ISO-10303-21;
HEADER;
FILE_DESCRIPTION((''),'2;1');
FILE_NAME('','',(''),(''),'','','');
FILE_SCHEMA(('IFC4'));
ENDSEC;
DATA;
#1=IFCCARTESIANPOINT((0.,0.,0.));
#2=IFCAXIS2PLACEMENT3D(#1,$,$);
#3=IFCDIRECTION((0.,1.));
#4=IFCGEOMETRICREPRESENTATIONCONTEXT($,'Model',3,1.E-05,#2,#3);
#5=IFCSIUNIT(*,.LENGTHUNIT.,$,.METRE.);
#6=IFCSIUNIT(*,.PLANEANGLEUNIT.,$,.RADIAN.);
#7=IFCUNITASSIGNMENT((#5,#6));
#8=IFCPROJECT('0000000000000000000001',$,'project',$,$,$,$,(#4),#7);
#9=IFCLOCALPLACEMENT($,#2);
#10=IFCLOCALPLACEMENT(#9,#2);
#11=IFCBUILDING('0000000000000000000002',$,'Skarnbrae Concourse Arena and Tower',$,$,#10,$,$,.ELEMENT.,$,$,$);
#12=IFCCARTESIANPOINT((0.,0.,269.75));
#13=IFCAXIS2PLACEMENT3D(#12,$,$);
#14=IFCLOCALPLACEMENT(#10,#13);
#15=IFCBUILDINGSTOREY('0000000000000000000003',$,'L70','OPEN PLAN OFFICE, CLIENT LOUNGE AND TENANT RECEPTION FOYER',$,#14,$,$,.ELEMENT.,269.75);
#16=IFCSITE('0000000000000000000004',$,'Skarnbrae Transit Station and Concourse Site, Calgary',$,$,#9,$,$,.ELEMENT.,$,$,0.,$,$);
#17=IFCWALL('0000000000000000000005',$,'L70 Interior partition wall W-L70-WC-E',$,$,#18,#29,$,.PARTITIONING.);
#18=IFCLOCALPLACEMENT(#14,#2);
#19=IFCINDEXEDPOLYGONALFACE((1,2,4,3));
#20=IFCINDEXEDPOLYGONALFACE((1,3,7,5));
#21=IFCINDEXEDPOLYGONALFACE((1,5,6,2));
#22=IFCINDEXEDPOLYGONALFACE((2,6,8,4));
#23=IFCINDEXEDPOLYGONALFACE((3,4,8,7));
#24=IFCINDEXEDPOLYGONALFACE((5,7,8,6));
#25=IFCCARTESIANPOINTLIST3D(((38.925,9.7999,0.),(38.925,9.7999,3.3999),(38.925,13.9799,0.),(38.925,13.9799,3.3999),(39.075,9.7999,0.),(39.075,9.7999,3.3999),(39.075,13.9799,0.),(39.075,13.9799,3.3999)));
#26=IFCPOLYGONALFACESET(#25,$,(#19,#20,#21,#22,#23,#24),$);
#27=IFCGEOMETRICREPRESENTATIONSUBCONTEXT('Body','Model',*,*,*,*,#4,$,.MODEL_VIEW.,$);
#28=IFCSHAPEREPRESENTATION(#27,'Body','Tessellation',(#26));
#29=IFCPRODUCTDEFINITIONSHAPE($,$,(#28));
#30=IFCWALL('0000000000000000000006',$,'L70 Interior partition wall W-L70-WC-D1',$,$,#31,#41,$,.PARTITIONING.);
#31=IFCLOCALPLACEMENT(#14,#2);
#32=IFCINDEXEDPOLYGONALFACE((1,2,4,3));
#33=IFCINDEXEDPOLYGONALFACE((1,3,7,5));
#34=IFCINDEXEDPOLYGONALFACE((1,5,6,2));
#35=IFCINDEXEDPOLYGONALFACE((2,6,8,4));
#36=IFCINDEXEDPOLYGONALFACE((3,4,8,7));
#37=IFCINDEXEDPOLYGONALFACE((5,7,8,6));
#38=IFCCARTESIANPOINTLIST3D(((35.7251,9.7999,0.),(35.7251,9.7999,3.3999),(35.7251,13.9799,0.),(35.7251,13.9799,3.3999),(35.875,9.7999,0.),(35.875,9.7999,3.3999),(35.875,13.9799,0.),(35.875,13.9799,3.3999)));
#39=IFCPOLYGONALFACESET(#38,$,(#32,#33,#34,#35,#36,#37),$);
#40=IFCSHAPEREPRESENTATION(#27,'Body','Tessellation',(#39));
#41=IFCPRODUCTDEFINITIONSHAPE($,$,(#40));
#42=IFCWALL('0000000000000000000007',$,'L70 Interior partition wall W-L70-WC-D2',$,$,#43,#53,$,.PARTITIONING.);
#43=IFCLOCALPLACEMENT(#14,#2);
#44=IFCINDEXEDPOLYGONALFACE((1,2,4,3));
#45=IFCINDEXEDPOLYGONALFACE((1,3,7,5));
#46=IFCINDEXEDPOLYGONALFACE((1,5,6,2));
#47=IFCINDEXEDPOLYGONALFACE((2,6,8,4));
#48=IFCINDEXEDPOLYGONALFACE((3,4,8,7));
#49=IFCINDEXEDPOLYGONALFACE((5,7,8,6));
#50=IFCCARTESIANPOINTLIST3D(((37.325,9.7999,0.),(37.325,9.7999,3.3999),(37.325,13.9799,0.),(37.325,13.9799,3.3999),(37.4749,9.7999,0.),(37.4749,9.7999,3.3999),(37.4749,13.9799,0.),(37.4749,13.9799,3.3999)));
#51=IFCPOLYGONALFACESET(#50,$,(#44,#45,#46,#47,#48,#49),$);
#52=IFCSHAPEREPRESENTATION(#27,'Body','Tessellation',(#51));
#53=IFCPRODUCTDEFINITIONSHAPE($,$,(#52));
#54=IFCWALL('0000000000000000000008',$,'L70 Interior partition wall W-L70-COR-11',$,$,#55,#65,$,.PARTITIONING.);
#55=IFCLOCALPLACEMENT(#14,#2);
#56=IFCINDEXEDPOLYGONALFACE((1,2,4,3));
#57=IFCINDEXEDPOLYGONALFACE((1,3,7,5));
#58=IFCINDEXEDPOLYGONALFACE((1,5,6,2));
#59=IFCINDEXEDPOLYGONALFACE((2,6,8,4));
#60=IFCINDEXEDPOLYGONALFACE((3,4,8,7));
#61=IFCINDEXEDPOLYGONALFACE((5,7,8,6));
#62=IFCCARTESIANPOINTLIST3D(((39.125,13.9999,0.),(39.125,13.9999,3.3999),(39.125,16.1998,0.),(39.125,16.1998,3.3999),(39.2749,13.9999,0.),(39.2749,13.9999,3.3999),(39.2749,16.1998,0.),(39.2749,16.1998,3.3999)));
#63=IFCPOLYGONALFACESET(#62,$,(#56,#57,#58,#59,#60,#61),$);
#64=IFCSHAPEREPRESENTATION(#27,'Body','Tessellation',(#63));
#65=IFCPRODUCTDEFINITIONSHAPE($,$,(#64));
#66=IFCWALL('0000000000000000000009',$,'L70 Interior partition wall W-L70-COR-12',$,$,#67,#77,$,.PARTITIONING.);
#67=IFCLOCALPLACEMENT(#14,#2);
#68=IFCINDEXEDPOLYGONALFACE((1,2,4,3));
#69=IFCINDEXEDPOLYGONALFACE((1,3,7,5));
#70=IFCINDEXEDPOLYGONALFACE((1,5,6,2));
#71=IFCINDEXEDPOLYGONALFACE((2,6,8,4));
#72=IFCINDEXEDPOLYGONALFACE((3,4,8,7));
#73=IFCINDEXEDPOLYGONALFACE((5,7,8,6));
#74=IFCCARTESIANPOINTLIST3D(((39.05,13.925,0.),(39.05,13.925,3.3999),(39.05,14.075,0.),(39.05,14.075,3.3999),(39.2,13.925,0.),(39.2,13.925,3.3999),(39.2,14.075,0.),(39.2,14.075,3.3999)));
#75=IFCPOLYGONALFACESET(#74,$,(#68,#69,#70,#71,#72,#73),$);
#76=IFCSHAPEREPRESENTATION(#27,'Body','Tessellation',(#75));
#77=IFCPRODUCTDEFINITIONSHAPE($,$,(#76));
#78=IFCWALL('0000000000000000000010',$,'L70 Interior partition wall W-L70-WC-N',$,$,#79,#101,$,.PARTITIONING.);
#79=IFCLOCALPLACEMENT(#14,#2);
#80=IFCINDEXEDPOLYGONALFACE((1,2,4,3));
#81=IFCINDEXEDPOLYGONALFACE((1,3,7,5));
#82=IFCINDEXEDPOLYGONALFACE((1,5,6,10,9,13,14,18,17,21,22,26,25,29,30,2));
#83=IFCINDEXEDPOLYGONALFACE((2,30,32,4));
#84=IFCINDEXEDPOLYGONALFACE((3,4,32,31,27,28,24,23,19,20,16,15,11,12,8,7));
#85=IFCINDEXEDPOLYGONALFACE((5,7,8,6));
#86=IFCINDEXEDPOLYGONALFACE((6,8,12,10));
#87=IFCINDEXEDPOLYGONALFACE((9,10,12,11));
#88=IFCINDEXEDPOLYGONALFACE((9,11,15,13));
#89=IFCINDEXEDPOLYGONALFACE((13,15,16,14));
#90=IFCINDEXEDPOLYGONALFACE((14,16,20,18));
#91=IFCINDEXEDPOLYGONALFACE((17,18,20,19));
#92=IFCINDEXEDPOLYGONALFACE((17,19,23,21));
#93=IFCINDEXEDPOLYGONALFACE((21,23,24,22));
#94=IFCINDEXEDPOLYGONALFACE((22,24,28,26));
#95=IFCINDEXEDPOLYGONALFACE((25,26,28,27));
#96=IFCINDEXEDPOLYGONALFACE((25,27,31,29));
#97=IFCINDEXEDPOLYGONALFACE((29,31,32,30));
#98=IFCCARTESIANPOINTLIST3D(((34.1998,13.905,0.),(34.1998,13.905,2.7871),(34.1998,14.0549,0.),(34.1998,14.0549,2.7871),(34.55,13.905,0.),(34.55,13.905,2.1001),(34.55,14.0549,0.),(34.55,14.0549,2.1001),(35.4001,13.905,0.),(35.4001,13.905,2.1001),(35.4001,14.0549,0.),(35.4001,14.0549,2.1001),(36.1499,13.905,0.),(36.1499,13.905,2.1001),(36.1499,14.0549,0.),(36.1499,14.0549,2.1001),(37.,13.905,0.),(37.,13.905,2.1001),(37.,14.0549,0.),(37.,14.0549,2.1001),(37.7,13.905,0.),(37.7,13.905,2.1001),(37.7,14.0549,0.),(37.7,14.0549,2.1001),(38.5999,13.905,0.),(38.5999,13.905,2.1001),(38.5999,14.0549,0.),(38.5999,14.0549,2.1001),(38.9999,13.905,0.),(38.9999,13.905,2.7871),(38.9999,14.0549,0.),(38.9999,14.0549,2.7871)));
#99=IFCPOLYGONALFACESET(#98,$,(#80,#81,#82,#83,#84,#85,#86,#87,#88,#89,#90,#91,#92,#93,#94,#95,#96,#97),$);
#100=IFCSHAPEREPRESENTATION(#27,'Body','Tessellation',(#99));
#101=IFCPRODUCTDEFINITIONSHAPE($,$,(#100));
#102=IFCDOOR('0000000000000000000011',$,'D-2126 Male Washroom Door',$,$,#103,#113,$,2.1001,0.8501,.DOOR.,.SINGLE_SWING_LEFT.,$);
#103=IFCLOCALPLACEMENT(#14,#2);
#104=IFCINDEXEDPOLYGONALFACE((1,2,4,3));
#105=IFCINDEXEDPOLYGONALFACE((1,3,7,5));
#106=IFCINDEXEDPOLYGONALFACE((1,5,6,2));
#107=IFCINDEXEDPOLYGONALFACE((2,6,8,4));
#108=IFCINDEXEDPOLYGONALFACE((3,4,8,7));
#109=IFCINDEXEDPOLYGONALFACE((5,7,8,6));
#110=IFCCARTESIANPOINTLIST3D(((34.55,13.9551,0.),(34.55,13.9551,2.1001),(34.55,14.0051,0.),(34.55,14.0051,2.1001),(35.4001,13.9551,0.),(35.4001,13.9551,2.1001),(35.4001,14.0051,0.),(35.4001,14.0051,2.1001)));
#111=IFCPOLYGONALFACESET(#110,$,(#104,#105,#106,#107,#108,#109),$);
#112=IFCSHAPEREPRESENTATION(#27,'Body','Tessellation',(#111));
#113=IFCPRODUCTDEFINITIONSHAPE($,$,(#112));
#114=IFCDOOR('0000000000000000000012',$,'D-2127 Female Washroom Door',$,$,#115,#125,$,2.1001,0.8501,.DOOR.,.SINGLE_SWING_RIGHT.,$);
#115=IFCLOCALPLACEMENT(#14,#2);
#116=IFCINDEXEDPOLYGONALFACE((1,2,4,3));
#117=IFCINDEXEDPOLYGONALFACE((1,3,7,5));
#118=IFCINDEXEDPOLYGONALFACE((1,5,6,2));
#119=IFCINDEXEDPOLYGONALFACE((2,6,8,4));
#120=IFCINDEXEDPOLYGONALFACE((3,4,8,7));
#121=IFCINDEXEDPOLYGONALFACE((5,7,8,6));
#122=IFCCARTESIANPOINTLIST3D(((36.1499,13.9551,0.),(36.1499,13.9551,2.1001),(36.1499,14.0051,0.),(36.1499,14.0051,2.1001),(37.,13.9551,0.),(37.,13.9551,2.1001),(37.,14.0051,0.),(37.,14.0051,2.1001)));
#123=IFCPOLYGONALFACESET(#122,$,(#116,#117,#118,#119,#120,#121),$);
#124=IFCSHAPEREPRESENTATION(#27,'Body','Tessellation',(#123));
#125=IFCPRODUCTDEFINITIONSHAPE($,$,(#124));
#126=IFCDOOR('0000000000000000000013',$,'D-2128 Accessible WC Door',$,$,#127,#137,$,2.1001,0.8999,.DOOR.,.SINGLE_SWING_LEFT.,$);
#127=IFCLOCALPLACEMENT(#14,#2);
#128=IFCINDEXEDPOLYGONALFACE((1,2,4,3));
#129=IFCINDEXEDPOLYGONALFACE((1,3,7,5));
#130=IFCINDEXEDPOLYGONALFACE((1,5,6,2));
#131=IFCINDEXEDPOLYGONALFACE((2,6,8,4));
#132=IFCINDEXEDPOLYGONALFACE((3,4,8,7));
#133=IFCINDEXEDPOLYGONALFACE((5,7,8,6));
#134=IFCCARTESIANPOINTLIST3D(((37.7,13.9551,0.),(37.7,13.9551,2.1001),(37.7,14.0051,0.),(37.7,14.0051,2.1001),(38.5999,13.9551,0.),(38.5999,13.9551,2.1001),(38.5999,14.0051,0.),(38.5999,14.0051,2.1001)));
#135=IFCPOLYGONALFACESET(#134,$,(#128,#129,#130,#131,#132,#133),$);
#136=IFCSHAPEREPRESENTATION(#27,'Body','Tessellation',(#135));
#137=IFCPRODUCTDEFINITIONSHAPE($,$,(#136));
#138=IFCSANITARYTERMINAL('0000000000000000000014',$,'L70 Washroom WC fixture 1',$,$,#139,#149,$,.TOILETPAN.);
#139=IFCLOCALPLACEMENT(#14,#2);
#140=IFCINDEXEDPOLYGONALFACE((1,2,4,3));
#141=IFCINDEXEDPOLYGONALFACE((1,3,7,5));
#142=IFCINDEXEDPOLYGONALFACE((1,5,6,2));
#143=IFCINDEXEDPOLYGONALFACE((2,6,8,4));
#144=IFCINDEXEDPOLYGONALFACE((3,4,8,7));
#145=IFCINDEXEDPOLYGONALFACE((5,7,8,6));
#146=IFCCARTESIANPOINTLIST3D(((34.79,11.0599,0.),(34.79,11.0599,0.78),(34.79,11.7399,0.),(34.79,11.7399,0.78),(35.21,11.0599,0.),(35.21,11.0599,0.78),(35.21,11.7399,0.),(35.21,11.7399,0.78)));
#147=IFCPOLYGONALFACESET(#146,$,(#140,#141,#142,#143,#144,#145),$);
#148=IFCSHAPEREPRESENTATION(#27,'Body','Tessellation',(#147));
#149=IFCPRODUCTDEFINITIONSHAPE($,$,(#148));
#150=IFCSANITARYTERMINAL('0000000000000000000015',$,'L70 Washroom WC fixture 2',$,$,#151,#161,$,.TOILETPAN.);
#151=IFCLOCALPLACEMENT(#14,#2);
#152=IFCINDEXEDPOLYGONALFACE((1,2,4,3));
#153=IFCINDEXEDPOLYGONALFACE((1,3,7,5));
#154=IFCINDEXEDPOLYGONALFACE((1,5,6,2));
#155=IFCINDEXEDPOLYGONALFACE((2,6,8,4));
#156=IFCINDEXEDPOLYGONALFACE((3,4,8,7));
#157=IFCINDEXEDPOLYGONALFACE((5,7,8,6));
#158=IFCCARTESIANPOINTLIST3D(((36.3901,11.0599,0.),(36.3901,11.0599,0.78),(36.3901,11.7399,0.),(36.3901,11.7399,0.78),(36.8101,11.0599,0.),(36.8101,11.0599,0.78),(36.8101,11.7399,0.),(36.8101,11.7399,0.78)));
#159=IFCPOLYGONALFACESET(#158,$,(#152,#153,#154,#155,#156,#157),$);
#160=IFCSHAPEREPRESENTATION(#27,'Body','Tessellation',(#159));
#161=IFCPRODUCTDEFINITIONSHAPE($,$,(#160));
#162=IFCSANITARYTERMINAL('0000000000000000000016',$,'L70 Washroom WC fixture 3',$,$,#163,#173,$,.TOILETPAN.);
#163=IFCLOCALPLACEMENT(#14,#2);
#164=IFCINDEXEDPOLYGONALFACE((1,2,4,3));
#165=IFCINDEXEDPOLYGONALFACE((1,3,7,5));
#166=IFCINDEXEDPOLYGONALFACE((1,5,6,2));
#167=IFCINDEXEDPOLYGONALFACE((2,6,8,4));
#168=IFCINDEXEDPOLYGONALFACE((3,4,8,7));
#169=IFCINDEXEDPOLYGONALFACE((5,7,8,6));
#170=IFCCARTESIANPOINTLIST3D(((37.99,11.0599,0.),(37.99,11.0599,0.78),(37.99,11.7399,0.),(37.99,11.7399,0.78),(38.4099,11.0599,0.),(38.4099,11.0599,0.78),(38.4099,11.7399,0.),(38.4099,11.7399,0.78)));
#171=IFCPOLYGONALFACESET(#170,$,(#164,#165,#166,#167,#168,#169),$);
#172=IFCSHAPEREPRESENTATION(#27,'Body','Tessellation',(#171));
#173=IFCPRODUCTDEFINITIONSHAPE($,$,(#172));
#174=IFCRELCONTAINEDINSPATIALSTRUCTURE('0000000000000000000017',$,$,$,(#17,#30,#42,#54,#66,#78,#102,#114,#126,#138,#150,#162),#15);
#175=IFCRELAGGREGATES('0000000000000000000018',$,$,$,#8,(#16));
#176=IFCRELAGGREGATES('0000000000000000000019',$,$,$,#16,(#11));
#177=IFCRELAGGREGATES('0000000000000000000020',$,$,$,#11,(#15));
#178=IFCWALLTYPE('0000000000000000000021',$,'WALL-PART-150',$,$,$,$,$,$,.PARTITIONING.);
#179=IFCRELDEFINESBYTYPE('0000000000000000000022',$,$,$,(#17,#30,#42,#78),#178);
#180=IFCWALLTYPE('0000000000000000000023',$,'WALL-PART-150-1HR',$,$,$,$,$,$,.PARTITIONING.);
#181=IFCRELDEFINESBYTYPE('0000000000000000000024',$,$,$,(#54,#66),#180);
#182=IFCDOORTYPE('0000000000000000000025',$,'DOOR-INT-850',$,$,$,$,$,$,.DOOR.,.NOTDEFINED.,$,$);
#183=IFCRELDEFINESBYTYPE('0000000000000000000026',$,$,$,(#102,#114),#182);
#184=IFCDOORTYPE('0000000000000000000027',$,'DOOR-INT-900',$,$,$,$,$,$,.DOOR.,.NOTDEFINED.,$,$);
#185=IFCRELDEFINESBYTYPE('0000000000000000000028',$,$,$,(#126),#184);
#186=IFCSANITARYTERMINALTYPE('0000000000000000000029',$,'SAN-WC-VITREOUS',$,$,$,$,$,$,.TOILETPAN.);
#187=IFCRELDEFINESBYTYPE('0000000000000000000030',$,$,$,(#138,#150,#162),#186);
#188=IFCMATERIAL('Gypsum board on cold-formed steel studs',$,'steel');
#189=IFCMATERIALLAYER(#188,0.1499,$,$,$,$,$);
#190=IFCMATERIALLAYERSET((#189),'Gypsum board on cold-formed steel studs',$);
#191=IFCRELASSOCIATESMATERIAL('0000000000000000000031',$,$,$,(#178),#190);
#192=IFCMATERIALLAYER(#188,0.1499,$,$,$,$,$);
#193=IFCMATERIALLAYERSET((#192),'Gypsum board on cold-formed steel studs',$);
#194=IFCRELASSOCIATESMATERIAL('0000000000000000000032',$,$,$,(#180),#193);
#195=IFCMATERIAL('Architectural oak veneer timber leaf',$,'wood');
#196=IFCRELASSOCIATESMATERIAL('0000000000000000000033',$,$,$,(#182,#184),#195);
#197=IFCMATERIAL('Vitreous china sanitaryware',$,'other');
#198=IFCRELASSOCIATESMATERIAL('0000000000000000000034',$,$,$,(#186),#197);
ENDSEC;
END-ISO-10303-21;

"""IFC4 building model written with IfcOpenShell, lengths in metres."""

from ifc_helpers import new_model, si_unit, direction, frame, frame_2d, origin, origin_2d, place, context, subcontext, project, spatial, rectangle, extrude, source, transform, mapped, material, layer, layer_set, type_object, element, fill, save


model = new_model("IFC4")

# Units and contexts
model_context = context("Model", 3, precision=1e-05, world=origin(), true_north=direction((0.0, 1.0)))
body_context = subcontext(model_context, "Body", "Model", "MODEL_VIEW")
ifc_project = project(units=[si_unit("LENGTHUNIT", "METRE"), si_unit("PLANEANGLEUNIT", "RADIAN")], contexts=[model_context])

# Site, building, storey
site_placement = place(None, origin())
site = spatial("IfcSite", under=ifc_project, at=site_placement, Name="Skarnbrae Transit Station and Concourse Site, Calgary", CompositionType="ELEMENT", RefElevation=0.0)
building_placement = place(site_placement, origin())
building = spatial("IfcBuilding", under=site, at=building_placement, Name="Skarnbrae Concourse Arena and Tower", CompositionType="ELEMENT")
storey_placement = place(building_placement, frame((0.0, 0.0, 269.75)))
storey = spatial("IfcBuildingStorey", under=building, at=storey_placement, Name="L70", Description="OPEN PLAN OFFICE, CLIENT LOUNGE AND TENANT RECEPTION FOYER", CompositionType="ELEMENT", Elevation=269.75)

# Walls
ifc_material_1 = material(Name="Gypsum board on cold-formed steel studs", Category="steel")
ifc_layer_1 = layer(ifc_material_1, 0.1499)
ifc_layer_set_1 = layer_set([ifc_layer_1], Name="Gypsum board on cold-formed steel studs")
wall_type_1 = type_object("IfcWallType", Name="WALL-PART-150", PredefinedType="PARTITIONING", material=ifc_layer_set_1)
shared_shape_1 = source(origin(), body_context, "Body", "SweptSolid", [
    extrude(rectangle(XDim=4.1799, YDim=0.1499, at=frame_2d((2.0898, 0.0))), origin(), (0.0, 0.0, 1.0), 3.3999),
])
for number, where, z_axis, x_axis, name in (
    (1, (39.0, 9.8, 0.0), (0.0, 0.0, 1.0), (0.0, 1.0, 0.0), "L70 Interior partition wall W-L70-WC-E"),
    (2, (35.8, 9.8, 0.0), (0.0, 0.0, 1.0), (0.0, 1.0, 0.0), "L70 Interior partition wall W-L70-WC-D1"),
    (3, (37.3999, 9.8, 0.0), (0.0, 0.0, 1.0), (0.0, 1.0, 0.0), "L70 Interior partition wall W-L70-WC-D2"),
):
    element("IfcWall", number, at=place(storey_placement, frame(where, z_axis=z_axis, x_axis=x_axis)), inside=storey, type_object=wall_type_1, Name=name, PredefinedType="PARTITIONING", context=body_context, shape_type="MappedRepresentation", body=[
        mapped(shared_shape_1, transform((0.0, 0.0, 0.0))),
    ])
ifc_layer_2 = layer(ifc_material_1, 0.1499)
ifc_layer_set_2 = layer_set([ifc_layer_2], Name="Gypsum board on cold-formed steel studs")
wall_type_2 = type_object("IfcWallType", Name="WALL-PART-150-1HR", PredefinedType="PARTITIONING", material=ifc_layer_set_2)
shared_shape_2 = source(origin(), body_context, "Body", "SweptSolid", [
    extrude(rectangle(XDim=2.2, YDim=0.1499, at=frame_2d((1.1001, 0.0))), origin(), (0.0, 0.0, 1.0), 3.3999),
])
wall_1_placement = place(storey_placement, frame((39.2, 16.2, 0.0), z_axis=(0.0, 0.0, 1.0), x_axis=(0.0, -1.0, 0.0)))
element("IfcWall", 4, at=wall_1_placement, inside=storey, type_object=wall_type_2, Name="L70 Interior partition wall W-L70-COR-11", PredefinedType="PARTITIONING", context=body_context, shape_type="MappedRepresentation", body=[
    mapped(shared_shape_2, transform((0.0, 0.0, 0.0))),
])
shared_shape_3 = source(origin(), body_context, "Body", "SweptSolid", [
    extrude(rectangle(XDim=0.1499, YDim=0.1499, at=frame_2d((0.075, 0.0))), origin(), (0.0, 0.0, 1.0), 3.3999),
])
wall_2_placement = place(storey_placement, frame((39.2, 14.0, 0.0), z_axis=(0.0, 0.0, 1.0), x_axis=(-1.0, 0.0, 0.0)))
element("IfcWall", 5, at=wall_2_placement, inside=storey, type_object=wall_type_2, Name="L70 Interior partition wall W-L70-COR-12", PredefinedType="PARTITIONING", context=body_context, shape_type="MappedRepresentation", body=[
    mapped(shared_shape_3, transform((0.0, 0.0, 0.0))),
])

# Wall, openings, doors
shared_shape_4 = source(origin(), body_context, "Body", "SweptSolid", [
    extrude(rectangle(XDim=4.8, YDim=0.1499, at=frame_2d((2.3999, 0.0))), origin(), (0.0, 0.0, 1.0), 2.7871),
])
wall_3_placement = place(storey_placement, frame((34.2, 13.98, 0.0), z_axis=(0.0, 0.0, 1.0), x_axis=(1.0, 0.0, 0.0)))
wall_3 = element("IfcWall", 6, at=wall_3_placement, inside=storey, type_object=wall_type_1, Name="L70 Interior partition wall W-L70-WC-N", PredefinedType="PARTITIONING", context=body_context, shape_type="MappedRepresentation", body=[
    mapped(shared_shape_4, transform((0.0, 0.0, 0.0))),
])
opening_1_placement = place(wall_3_placement, frame((0.3501, 0.0, 0.0)))
opening_1 = element("IfcOpeningElement", 7, at=opening_1_placement, cuts=wall_3, PredefinedType="OPENING", context=body_context, shape_type="SweptSolid", body=[
    extrude(rectangle(XDim=0.8501, YDim=2.1001, at=frame_2d((0.425, 1.05))), frame((0.0, 0.085, 0.0), z_axis=(0.0, -1.0, 0.0), x_axis=(1.0, 0.0, 0.0)), (0.0, 0.0, 1.0), 0.1699),
])
opening_2_placement = place(wall_3_placement, frame((1.95, 0.0, 0.0)))
opening_2 = element("IfcOpeningElement", 8, at=opening_2_placement, cuts=wall_3, PredefinedType="OPENING", context=body_context, shape_type="SweptSolid", body=[
    extrude(rectangle(XDim=0.8501, YDim=2.1001, at=frame_2d((0.425, 1.05))), frame((0.0, 0.085, 0.0), z_axis=(0.0, -1.0, 0.0), x_axis=(1.0, 0.0, 0.0)), (0.0, 0.0, 1.0), 0.1699),
])
opening_3_placement = place(wall_3_placement, frame((3.5, 0.0, 0.0)))
opening_3 = element("IfcOpeningElement", 9, at=opening_3_placement, cuts=wall_3, PredefinedType="OPENING", context=body_context, shape_type="SweptSolid", body=[
    extrude(rectangle(XDim=0.8999, YDim=2.1001, at=frame_2d((0.45, 1.05))), frame((0.0, 0.085, 0.0), z_axis=(0.0, -1.0, 0.0), x_axis=(1.0, 0.0, 0.0)), (0.0, 0.0, 1.0), 0.1699),
])
ifc_material_2 = material(Name="Architectural oak veneer timber leaf", Category="wood")
door_type_1 = type_object("IfcDoorType", Name="DOOR-INT-850", OperationType="NOTDEFINED", PredefinedType="DOOR", material=ifc_material_2)
shared_shape_5 = source(origin(), body_context, "Body", "SweptSolid", [
    extrude(rectangle(XDim=0.8501, YDim=2.1001, at=frame_2d((0.425, 1.05))), frame((0.0, 0.0249, 0.0), z_axis=(0.0, -1.0, 0.0), x_axis=(1.0, 0.0, 0.0)), (0.0, 0.0, 1.0), 0.05),
])
door_1_placement = place(opening_1_placement, frame((0.8501, 0.0, 0.0), z_axis=(0.0, 0.0, 1.0), x_axis=(-1.0, 0.0, 0.0)))
door_1 = element("IfcDoor", 10, at=door_1_placement, inside=storey, type_object=door_type_1, Name="D-2126 Male Washroom Door", OperationType="SINGLE_SWING_LEFT", OverallHeight=2.1001, OverallWidth=0.8501, PredefinedType="DOOR", context=body_context, shape_type="MappedRepresentation", body=[
    mapped(shared_shape_5, transform((0.0, 0.0, 0.0))),
])
fill(opening_1, door_1)
door_2_placement = place(opening_2_placement, frame((0.8501, 0.0, 0.0), z_axis=(0.0, 0.0, 1.0), x_axis=(-1.0, 0.0, 0.0)))
door_2 = element("IfcDoor", 11, at=door_2_placement, inside=storey, type_object=door_type_1, Name="D-2127 Female Washroom Door", OperationType="SINGLE_SWING_RIGHT", OverallHeight=2.1001, OverallWidth=0.8501, PredefinedType="DOOR", context=body_context, shape_type="MappedRepresentation", body=[
    mapped(shared_shape_5, transform((0.0, 0.0, 0.0))),
])
fill(opening_2, door_2)
door_type_2 = type_object("IfcDoorType", Name="DOOR-INT-900", OperationType="NOTDEFINED", PredefinedType="DOOR", material=ifc_material_2)
shared_shape_6 = source(origin(), body_context, "Body", "SweptSolid", [
    extrude(rectangle(XDim=0.8999, YDim=2.1001, at=frame_2d((0.45, 1.05))), frame((0.0, 0.0249, 0.0), z_axis=(0.0, -1.0, 0.0), x_axis=(1.0, 0.0, 0.0)), (0.0, 0.0, 1.0), 0.05),
])
door_3_placement = place(opening_3_placement, frame((0.8999, 0.0, 0.0), z_axis=(0.0, 0.0, 1.0), x_axis=(-1.0, 0.0, 0.0)))
door_3 = element("IfcDoor", 12, at=door_3_placement, inside=storey, type_object=door_type_2, Name="D-2128 Accessible WC Door", OperationType="SINGLE_SWING_LEFT", OverallHeight=2.1001, OverallWidth=0.8999, PredefinedType="DOOR", context=body_context, shape_type="MappedRepresentation", body=[
    mapped(shared_shape_6, transform((0.0, 0.0, 0.0))),
])
fill(opening_3, door_3)

# Sanitary terminals
ifc_material_3 = material(Name="Vitreous china sanitaryware", Category="other")
sanitary_terminal_type = type_object("IfcSanitaryTerminalType", Name="SAN-WC-VITREOUS", PredefinedType="TOILETPAN", material=ifc_material_3)
shared_shape_7 = source(origin(), body_context, "Body", "SweptSolid", [
    extrude(rectangle(XDim=0.4199, YDim=0.6799, at=origin_2d()), origin(), (0.0, 0.0, 1.0), 0.78),
])
for number, where, z_axis, x_axis, name in (
    (13, (35.0, 11.3999, 0.0), (0.0, 0.0, 1.0), (1.0, 0.0, 0.0), "L70 Washroom WC fixture 1"),
    (14, (36.6001, 11.3999, 0.0), (0.0, 0.0, 1.0), (1.0, 0.0, 0.0), "L70 Washroom WC fixture 2"),
    (15, (38.2, 11.3999, 0.0), (0.0, 0.0, 1.0), (1.0, 0.0, 0.0), "L70 Washroom WC fixture 3"),
):
    element("IfcSanitaryTerminal", number, at=place(storey_placement, frame(where, z_axis=z_axis, x_axis=x_axis)), inside=storey, type_object=sanitary_terminal_type, Name=name, PredefinedType="TOILETPAN", context=body_context, shape_type="MappedRepresentation", body=[
        mapped(shared_shape_7, transform((0.0, 0.0, 0.0))),
    ])

save(model, "model.ifc")
